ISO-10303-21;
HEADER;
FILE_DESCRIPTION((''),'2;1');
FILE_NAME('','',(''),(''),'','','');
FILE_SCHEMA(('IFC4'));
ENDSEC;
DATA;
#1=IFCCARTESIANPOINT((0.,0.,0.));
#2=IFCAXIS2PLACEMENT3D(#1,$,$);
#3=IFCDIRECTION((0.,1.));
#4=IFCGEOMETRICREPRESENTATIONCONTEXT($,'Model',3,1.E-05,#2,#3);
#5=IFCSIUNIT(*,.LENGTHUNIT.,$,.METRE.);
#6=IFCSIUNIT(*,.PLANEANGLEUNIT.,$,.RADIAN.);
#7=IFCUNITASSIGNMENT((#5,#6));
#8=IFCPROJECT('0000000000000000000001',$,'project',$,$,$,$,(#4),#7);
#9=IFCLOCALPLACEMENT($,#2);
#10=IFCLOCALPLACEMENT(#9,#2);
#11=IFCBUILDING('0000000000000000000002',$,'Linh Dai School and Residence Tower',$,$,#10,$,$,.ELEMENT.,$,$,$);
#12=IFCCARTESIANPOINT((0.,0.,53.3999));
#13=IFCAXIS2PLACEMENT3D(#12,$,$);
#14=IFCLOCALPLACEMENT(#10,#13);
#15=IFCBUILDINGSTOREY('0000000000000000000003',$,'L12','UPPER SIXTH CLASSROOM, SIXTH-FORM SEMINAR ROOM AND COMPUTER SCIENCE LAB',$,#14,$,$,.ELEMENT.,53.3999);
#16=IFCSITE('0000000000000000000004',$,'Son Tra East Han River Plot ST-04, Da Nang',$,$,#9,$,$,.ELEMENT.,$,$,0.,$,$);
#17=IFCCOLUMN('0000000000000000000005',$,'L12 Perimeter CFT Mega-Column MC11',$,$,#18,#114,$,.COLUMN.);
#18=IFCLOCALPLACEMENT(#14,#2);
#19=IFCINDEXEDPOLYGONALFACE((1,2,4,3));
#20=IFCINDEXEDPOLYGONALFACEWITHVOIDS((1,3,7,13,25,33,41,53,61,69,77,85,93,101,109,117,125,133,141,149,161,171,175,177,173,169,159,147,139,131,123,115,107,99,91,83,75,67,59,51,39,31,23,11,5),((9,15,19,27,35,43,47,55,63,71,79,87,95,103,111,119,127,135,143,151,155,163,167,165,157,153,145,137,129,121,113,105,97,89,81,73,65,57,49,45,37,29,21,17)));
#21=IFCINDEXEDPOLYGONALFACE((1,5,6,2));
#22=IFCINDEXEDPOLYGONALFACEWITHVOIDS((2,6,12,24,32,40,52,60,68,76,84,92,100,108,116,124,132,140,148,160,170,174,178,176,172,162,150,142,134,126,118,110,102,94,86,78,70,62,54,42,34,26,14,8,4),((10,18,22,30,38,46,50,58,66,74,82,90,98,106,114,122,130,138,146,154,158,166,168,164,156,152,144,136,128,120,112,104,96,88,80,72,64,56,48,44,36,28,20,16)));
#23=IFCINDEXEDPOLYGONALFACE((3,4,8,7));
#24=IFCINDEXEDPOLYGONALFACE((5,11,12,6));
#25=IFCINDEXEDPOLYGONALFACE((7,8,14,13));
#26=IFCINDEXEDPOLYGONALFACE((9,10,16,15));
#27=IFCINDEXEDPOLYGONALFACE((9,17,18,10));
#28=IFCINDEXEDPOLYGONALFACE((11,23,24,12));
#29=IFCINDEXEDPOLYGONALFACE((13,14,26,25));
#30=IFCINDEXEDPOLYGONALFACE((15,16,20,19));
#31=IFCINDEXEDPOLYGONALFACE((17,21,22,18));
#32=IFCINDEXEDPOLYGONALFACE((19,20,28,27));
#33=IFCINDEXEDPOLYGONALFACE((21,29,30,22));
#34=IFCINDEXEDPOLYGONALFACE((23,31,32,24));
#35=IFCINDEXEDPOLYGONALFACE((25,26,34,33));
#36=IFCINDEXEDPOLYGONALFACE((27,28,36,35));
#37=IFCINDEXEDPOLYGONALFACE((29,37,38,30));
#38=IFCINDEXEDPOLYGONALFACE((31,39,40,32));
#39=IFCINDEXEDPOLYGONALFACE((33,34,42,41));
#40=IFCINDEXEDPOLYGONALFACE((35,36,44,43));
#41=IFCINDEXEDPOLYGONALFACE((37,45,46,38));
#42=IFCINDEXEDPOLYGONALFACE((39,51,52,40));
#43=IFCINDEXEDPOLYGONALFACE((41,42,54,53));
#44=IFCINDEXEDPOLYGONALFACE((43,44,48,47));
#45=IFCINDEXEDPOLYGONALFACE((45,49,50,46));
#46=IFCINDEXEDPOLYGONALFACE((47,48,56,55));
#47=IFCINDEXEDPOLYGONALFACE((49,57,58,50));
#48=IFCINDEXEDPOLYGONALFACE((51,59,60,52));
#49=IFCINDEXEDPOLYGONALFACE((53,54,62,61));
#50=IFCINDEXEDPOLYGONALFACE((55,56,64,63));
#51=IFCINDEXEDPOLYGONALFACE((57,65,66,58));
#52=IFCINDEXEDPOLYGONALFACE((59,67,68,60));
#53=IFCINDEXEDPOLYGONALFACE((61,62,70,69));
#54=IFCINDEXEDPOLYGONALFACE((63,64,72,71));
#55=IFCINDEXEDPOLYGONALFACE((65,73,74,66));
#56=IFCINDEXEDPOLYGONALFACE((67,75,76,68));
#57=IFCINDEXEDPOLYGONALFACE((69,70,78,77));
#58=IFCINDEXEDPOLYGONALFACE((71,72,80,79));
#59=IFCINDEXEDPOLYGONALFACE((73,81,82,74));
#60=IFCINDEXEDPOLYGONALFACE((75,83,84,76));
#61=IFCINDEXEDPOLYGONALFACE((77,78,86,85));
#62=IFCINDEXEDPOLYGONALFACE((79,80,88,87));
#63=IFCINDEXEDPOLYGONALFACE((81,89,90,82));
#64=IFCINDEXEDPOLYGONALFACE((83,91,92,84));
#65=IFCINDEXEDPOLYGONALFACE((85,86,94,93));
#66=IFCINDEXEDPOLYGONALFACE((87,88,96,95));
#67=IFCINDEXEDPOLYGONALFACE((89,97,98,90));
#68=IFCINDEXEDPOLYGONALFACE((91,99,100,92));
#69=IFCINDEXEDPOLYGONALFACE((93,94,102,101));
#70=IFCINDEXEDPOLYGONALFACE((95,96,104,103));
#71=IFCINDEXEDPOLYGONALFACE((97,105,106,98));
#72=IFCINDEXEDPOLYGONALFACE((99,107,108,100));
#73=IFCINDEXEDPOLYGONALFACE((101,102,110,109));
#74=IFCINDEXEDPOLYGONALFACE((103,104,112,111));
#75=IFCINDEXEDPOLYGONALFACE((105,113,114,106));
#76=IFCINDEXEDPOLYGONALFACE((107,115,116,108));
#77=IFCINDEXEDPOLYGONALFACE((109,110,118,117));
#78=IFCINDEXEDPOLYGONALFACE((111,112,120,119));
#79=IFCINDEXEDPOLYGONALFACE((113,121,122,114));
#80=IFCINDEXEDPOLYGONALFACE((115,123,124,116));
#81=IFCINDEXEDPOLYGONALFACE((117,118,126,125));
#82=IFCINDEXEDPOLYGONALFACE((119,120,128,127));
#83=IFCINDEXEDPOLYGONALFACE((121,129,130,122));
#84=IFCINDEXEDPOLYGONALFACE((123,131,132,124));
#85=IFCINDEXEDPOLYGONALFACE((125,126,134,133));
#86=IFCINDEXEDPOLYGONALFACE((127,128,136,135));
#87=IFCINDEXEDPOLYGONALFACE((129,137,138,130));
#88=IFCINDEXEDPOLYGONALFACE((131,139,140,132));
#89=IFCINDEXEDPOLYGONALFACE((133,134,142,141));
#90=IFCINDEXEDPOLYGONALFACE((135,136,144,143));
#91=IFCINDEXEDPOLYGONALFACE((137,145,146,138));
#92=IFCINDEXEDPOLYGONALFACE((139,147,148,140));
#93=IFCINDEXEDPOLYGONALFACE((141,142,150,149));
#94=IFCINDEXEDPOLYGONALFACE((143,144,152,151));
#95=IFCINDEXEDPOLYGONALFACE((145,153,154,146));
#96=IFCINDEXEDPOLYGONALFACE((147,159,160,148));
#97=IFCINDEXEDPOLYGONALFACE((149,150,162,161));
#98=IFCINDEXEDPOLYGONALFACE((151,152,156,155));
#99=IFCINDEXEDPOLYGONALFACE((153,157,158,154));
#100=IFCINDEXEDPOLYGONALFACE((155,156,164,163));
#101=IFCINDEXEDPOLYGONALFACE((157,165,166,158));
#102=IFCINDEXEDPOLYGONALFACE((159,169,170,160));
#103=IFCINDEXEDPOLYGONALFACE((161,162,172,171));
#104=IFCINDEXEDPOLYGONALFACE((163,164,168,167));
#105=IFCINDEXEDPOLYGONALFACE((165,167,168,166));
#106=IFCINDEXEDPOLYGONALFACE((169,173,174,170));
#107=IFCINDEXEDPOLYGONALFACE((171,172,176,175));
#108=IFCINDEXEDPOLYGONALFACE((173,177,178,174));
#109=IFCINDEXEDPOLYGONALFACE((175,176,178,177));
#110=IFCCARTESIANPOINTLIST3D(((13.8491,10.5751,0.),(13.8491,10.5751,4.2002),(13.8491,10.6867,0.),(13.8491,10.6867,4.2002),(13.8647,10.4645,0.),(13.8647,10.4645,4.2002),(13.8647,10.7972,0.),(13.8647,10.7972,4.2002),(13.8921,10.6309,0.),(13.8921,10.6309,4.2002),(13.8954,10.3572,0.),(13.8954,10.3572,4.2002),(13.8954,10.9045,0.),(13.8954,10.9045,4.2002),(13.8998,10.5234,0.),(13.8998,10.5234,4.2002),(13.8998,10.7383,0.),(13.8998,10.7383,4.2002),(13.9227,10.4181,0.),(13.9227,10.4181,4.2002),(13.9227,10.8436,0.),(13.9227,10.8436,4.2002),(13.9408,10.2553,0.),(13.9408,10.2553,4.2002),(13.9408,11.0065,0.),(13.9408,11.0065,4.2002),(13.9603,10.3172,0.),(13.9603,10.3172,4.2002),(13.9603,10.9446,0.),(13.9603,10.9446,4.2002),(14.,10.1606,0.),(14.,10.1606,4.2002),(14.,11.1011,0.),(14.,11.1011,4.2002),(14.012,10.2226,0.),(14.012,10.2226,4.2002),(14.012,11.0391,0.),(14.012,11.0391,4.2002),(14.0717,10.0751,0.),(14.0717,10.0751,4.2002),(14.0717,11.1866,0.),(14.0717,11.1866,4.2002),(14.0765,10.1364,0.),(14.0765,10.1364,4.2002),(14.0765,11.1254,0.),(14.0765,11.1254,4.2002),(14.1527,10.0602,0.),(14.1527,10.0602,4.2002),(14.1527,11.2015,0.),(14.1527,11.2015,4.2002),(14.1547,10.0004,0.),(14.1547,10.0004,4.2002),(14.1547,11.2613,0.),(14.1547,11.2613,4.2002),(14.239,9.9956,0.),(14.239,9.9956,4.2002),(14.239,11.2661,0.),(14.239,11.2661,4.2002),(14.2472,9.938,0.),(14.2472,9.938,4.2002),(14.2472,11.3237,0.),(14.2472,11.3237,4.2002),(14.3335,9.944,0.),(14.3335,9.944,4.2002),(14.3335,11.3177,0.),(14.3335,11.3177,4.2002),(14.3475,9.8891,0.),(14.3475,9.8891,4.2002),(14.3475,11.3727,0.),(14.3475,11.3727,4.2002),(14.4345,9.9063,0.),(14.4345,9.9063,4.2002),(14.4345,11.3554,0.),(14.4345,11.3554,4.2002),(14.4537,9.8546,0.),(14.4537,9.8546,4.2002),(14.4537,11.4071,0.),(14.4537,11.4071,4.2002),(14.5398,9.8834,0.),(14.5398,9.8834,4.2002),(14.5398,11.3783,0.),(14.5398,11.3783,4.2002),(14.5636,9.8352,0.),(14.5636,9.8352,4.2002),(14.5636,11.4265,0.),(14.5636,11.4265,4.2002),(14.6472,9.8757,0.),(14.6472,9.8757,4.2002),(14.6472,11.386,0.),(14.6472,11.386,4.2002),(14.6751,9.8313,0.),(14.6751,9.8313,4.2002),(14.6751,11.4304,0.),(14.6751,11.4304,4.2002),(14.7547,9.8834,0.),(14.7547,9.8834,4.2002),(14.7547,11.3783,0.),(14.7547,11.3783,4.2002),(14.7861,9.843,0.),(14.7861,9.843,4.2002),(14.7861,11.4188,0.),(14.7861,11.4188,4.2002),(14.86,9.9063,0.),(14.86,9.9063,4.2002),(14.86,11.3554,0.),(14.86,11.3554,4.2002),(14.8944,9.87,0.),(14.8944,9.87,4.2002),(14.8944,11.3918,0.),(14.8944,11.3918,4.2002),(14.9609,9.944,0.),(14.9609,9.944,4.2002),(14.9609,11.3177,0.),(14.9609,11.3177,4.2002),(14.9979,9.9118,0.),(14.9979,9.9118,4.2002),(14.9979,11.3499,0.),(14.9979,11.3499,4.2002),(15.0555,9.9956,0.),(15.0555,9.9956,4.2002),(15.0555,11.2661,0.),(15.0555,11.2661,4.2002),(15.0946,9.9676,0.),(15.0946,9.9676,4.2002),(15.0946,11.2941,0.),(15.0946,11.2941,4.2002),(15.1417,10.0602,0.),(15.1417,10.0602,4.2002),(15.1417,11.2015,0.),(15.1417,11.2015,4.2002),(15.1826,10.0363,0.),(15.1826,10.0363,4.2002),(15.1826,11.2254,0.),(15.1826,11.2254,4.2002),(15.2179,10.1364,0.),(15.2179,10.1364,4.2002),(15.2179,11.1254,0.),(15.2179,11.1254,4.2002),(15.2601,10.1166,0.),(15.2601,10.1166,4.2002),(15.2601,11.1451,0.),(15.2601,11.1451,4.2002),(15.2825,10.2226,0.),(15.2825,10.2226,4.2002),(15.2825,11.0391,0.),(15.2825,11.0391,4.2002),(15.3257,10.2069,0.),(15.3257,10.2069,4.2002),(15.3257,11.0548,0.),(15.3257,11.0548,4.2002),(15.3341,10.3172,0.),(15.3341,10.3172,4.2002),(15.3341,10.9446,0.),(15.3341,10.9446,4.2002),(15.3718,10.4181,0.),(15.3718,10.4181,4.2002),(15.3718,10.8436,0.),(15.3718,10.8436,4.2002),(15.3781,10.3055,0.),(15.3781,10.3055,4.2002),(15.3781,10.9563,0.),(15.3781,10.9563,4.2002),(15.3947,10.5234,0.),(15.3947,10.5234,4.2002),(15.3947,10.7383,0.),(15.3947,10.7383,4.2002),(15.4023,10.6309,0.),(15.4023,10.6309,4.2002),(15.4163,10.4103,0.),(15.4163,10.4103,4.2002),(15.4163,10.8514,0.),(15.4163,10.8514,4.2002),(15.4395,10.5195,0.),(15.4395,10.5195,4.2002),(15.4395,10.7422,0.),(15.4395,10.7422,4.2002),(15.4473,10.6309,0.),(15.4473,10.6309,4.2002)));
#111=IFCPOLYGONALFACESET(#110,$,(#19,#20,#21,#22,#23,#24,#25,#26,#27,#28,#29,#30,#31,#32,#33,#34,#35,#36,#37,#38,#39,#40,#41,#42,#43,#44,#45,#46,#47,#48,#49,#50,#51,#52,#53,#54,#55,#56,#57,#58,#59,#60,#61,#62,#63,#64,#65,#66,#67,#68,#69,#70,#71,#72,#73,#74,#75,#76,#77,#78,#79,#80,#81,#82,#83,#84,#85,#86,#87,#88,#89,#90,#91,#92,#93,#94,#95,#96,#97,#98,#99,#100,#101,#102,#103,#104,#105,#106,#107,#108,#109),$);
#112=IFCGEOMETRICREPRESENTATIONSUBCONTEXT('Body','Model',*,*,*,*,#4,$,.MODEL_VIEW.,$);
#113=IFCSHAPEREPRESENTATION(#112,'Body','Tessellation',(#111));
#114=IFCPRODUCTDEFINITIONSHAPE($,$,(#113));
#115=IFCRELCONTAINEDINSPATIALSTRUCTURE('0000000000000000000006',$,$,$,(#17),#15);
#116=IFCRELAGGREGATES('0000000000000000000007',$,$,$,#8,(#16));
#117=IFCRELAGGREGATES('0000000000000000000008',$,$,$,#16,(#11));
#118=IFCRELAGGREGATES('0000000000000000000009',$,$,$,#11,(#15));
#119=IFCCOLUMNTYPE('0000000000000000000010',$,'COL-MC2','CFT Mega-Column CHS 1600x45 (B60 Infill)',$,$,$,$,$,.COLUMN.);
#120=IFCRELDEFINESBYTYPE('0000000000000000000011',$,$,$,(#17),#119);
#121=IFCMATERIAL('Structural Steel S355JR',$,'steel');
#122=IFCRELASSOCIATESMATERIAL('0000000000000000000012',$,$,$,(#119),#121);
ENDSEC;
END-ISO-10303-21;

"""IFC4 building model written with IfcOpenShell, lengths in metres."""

from ifc_helpers import new_model, si_unit, direction, frame, origin, origin_2d, place, context, subcontext, project, spatial, hollow_circle, extrude, material, material_profile, profile_set, type_object, element, save


model = new_model("IFC4")

# Units and contexts
model_context = context("Model", 3, precision=1e-05, world=origin(), true_north=direction((0.0, 1.0)))
body_context = subcontext(model_context, "Body", "Model", "MODEL_VIEW")
ifc_project = project(units=[si_unit("LENGTHUNIT", "METRE"), si_unit("PLANEANGLEUNIT", "RADIAN")], contexts=[model_context])

# Site, building, storey
site_placement = place(None, origin())
site = spatial("IfcSite", under=ifc_project, at=site_placement, Name="Son Tra East Han River Plot ST-04, Da Nang", CompositionType="ELEMENT", RefElevation=0.0)
building_placement = place(site_placement, origin())
building = spatial("IfcBuilding", under=site, at=building_placement, Name="Linh Dai School and Residence Tower", CompositionType="ELEMENT")
storey_placement = place(building_placement, frame((0.0, 0.0, 53.3999)))
storey = spatial("IfcBuildingStorey", under=building, at=storey_placement, Name="L12", Description="UPPER SIXTH CLASSROOM, SIXTH-FORM SEMINAR ROOM AND COMPUTER SCIENCE LAB", CompositionType="ELEMENT", Elevation=53.3999)

# Column
ifc_material_1 = material(Name="Structural Steel S355JR", Category="steel")
ifc_material_profile_1 = material_profile(ifc_material_1, hollow_circle(Radius=0.8, WallThickness=0.0449, at=origin_2d()), Name="CHS 1600x45")
ifc_profile_set_1 = profile_set([ifc_material_profile_1], Name="Structural Steel S355JR")
column_type = type_object("IfcColumnType", Name="COL-MC2", Description="CFT Mega-Column CHS 1600x45 (B60 Infill)", PredefinedType="COLUMN", material=ifc_profile_set_1)
for number, where, z_axis, x_axis, name in (
    (1, (14.6472, 10.6309, 0.0), (0.0, 0.0, 1.0), (1.0, 0.0, 0.0), "L12 Perimeter CFT Mega-Column MC11"),
):
    element("IfcColumn", number, at=place(storey_placement, frame(where, z_axis=z_axis, x_axis=x_axis)), inside=storey, type_object=column_type, Name=name, PredefinedType="COLUMN", context=body_context, shape_type="SweptSolid", body=[
        extrude(hollow_circle(Radius=0.8, WallThickness=0.0449, at=origin_2d()), origin(), (0.0, 0.0, 1.0), 4.2002),
    ])

save(model, "model.ifc")
